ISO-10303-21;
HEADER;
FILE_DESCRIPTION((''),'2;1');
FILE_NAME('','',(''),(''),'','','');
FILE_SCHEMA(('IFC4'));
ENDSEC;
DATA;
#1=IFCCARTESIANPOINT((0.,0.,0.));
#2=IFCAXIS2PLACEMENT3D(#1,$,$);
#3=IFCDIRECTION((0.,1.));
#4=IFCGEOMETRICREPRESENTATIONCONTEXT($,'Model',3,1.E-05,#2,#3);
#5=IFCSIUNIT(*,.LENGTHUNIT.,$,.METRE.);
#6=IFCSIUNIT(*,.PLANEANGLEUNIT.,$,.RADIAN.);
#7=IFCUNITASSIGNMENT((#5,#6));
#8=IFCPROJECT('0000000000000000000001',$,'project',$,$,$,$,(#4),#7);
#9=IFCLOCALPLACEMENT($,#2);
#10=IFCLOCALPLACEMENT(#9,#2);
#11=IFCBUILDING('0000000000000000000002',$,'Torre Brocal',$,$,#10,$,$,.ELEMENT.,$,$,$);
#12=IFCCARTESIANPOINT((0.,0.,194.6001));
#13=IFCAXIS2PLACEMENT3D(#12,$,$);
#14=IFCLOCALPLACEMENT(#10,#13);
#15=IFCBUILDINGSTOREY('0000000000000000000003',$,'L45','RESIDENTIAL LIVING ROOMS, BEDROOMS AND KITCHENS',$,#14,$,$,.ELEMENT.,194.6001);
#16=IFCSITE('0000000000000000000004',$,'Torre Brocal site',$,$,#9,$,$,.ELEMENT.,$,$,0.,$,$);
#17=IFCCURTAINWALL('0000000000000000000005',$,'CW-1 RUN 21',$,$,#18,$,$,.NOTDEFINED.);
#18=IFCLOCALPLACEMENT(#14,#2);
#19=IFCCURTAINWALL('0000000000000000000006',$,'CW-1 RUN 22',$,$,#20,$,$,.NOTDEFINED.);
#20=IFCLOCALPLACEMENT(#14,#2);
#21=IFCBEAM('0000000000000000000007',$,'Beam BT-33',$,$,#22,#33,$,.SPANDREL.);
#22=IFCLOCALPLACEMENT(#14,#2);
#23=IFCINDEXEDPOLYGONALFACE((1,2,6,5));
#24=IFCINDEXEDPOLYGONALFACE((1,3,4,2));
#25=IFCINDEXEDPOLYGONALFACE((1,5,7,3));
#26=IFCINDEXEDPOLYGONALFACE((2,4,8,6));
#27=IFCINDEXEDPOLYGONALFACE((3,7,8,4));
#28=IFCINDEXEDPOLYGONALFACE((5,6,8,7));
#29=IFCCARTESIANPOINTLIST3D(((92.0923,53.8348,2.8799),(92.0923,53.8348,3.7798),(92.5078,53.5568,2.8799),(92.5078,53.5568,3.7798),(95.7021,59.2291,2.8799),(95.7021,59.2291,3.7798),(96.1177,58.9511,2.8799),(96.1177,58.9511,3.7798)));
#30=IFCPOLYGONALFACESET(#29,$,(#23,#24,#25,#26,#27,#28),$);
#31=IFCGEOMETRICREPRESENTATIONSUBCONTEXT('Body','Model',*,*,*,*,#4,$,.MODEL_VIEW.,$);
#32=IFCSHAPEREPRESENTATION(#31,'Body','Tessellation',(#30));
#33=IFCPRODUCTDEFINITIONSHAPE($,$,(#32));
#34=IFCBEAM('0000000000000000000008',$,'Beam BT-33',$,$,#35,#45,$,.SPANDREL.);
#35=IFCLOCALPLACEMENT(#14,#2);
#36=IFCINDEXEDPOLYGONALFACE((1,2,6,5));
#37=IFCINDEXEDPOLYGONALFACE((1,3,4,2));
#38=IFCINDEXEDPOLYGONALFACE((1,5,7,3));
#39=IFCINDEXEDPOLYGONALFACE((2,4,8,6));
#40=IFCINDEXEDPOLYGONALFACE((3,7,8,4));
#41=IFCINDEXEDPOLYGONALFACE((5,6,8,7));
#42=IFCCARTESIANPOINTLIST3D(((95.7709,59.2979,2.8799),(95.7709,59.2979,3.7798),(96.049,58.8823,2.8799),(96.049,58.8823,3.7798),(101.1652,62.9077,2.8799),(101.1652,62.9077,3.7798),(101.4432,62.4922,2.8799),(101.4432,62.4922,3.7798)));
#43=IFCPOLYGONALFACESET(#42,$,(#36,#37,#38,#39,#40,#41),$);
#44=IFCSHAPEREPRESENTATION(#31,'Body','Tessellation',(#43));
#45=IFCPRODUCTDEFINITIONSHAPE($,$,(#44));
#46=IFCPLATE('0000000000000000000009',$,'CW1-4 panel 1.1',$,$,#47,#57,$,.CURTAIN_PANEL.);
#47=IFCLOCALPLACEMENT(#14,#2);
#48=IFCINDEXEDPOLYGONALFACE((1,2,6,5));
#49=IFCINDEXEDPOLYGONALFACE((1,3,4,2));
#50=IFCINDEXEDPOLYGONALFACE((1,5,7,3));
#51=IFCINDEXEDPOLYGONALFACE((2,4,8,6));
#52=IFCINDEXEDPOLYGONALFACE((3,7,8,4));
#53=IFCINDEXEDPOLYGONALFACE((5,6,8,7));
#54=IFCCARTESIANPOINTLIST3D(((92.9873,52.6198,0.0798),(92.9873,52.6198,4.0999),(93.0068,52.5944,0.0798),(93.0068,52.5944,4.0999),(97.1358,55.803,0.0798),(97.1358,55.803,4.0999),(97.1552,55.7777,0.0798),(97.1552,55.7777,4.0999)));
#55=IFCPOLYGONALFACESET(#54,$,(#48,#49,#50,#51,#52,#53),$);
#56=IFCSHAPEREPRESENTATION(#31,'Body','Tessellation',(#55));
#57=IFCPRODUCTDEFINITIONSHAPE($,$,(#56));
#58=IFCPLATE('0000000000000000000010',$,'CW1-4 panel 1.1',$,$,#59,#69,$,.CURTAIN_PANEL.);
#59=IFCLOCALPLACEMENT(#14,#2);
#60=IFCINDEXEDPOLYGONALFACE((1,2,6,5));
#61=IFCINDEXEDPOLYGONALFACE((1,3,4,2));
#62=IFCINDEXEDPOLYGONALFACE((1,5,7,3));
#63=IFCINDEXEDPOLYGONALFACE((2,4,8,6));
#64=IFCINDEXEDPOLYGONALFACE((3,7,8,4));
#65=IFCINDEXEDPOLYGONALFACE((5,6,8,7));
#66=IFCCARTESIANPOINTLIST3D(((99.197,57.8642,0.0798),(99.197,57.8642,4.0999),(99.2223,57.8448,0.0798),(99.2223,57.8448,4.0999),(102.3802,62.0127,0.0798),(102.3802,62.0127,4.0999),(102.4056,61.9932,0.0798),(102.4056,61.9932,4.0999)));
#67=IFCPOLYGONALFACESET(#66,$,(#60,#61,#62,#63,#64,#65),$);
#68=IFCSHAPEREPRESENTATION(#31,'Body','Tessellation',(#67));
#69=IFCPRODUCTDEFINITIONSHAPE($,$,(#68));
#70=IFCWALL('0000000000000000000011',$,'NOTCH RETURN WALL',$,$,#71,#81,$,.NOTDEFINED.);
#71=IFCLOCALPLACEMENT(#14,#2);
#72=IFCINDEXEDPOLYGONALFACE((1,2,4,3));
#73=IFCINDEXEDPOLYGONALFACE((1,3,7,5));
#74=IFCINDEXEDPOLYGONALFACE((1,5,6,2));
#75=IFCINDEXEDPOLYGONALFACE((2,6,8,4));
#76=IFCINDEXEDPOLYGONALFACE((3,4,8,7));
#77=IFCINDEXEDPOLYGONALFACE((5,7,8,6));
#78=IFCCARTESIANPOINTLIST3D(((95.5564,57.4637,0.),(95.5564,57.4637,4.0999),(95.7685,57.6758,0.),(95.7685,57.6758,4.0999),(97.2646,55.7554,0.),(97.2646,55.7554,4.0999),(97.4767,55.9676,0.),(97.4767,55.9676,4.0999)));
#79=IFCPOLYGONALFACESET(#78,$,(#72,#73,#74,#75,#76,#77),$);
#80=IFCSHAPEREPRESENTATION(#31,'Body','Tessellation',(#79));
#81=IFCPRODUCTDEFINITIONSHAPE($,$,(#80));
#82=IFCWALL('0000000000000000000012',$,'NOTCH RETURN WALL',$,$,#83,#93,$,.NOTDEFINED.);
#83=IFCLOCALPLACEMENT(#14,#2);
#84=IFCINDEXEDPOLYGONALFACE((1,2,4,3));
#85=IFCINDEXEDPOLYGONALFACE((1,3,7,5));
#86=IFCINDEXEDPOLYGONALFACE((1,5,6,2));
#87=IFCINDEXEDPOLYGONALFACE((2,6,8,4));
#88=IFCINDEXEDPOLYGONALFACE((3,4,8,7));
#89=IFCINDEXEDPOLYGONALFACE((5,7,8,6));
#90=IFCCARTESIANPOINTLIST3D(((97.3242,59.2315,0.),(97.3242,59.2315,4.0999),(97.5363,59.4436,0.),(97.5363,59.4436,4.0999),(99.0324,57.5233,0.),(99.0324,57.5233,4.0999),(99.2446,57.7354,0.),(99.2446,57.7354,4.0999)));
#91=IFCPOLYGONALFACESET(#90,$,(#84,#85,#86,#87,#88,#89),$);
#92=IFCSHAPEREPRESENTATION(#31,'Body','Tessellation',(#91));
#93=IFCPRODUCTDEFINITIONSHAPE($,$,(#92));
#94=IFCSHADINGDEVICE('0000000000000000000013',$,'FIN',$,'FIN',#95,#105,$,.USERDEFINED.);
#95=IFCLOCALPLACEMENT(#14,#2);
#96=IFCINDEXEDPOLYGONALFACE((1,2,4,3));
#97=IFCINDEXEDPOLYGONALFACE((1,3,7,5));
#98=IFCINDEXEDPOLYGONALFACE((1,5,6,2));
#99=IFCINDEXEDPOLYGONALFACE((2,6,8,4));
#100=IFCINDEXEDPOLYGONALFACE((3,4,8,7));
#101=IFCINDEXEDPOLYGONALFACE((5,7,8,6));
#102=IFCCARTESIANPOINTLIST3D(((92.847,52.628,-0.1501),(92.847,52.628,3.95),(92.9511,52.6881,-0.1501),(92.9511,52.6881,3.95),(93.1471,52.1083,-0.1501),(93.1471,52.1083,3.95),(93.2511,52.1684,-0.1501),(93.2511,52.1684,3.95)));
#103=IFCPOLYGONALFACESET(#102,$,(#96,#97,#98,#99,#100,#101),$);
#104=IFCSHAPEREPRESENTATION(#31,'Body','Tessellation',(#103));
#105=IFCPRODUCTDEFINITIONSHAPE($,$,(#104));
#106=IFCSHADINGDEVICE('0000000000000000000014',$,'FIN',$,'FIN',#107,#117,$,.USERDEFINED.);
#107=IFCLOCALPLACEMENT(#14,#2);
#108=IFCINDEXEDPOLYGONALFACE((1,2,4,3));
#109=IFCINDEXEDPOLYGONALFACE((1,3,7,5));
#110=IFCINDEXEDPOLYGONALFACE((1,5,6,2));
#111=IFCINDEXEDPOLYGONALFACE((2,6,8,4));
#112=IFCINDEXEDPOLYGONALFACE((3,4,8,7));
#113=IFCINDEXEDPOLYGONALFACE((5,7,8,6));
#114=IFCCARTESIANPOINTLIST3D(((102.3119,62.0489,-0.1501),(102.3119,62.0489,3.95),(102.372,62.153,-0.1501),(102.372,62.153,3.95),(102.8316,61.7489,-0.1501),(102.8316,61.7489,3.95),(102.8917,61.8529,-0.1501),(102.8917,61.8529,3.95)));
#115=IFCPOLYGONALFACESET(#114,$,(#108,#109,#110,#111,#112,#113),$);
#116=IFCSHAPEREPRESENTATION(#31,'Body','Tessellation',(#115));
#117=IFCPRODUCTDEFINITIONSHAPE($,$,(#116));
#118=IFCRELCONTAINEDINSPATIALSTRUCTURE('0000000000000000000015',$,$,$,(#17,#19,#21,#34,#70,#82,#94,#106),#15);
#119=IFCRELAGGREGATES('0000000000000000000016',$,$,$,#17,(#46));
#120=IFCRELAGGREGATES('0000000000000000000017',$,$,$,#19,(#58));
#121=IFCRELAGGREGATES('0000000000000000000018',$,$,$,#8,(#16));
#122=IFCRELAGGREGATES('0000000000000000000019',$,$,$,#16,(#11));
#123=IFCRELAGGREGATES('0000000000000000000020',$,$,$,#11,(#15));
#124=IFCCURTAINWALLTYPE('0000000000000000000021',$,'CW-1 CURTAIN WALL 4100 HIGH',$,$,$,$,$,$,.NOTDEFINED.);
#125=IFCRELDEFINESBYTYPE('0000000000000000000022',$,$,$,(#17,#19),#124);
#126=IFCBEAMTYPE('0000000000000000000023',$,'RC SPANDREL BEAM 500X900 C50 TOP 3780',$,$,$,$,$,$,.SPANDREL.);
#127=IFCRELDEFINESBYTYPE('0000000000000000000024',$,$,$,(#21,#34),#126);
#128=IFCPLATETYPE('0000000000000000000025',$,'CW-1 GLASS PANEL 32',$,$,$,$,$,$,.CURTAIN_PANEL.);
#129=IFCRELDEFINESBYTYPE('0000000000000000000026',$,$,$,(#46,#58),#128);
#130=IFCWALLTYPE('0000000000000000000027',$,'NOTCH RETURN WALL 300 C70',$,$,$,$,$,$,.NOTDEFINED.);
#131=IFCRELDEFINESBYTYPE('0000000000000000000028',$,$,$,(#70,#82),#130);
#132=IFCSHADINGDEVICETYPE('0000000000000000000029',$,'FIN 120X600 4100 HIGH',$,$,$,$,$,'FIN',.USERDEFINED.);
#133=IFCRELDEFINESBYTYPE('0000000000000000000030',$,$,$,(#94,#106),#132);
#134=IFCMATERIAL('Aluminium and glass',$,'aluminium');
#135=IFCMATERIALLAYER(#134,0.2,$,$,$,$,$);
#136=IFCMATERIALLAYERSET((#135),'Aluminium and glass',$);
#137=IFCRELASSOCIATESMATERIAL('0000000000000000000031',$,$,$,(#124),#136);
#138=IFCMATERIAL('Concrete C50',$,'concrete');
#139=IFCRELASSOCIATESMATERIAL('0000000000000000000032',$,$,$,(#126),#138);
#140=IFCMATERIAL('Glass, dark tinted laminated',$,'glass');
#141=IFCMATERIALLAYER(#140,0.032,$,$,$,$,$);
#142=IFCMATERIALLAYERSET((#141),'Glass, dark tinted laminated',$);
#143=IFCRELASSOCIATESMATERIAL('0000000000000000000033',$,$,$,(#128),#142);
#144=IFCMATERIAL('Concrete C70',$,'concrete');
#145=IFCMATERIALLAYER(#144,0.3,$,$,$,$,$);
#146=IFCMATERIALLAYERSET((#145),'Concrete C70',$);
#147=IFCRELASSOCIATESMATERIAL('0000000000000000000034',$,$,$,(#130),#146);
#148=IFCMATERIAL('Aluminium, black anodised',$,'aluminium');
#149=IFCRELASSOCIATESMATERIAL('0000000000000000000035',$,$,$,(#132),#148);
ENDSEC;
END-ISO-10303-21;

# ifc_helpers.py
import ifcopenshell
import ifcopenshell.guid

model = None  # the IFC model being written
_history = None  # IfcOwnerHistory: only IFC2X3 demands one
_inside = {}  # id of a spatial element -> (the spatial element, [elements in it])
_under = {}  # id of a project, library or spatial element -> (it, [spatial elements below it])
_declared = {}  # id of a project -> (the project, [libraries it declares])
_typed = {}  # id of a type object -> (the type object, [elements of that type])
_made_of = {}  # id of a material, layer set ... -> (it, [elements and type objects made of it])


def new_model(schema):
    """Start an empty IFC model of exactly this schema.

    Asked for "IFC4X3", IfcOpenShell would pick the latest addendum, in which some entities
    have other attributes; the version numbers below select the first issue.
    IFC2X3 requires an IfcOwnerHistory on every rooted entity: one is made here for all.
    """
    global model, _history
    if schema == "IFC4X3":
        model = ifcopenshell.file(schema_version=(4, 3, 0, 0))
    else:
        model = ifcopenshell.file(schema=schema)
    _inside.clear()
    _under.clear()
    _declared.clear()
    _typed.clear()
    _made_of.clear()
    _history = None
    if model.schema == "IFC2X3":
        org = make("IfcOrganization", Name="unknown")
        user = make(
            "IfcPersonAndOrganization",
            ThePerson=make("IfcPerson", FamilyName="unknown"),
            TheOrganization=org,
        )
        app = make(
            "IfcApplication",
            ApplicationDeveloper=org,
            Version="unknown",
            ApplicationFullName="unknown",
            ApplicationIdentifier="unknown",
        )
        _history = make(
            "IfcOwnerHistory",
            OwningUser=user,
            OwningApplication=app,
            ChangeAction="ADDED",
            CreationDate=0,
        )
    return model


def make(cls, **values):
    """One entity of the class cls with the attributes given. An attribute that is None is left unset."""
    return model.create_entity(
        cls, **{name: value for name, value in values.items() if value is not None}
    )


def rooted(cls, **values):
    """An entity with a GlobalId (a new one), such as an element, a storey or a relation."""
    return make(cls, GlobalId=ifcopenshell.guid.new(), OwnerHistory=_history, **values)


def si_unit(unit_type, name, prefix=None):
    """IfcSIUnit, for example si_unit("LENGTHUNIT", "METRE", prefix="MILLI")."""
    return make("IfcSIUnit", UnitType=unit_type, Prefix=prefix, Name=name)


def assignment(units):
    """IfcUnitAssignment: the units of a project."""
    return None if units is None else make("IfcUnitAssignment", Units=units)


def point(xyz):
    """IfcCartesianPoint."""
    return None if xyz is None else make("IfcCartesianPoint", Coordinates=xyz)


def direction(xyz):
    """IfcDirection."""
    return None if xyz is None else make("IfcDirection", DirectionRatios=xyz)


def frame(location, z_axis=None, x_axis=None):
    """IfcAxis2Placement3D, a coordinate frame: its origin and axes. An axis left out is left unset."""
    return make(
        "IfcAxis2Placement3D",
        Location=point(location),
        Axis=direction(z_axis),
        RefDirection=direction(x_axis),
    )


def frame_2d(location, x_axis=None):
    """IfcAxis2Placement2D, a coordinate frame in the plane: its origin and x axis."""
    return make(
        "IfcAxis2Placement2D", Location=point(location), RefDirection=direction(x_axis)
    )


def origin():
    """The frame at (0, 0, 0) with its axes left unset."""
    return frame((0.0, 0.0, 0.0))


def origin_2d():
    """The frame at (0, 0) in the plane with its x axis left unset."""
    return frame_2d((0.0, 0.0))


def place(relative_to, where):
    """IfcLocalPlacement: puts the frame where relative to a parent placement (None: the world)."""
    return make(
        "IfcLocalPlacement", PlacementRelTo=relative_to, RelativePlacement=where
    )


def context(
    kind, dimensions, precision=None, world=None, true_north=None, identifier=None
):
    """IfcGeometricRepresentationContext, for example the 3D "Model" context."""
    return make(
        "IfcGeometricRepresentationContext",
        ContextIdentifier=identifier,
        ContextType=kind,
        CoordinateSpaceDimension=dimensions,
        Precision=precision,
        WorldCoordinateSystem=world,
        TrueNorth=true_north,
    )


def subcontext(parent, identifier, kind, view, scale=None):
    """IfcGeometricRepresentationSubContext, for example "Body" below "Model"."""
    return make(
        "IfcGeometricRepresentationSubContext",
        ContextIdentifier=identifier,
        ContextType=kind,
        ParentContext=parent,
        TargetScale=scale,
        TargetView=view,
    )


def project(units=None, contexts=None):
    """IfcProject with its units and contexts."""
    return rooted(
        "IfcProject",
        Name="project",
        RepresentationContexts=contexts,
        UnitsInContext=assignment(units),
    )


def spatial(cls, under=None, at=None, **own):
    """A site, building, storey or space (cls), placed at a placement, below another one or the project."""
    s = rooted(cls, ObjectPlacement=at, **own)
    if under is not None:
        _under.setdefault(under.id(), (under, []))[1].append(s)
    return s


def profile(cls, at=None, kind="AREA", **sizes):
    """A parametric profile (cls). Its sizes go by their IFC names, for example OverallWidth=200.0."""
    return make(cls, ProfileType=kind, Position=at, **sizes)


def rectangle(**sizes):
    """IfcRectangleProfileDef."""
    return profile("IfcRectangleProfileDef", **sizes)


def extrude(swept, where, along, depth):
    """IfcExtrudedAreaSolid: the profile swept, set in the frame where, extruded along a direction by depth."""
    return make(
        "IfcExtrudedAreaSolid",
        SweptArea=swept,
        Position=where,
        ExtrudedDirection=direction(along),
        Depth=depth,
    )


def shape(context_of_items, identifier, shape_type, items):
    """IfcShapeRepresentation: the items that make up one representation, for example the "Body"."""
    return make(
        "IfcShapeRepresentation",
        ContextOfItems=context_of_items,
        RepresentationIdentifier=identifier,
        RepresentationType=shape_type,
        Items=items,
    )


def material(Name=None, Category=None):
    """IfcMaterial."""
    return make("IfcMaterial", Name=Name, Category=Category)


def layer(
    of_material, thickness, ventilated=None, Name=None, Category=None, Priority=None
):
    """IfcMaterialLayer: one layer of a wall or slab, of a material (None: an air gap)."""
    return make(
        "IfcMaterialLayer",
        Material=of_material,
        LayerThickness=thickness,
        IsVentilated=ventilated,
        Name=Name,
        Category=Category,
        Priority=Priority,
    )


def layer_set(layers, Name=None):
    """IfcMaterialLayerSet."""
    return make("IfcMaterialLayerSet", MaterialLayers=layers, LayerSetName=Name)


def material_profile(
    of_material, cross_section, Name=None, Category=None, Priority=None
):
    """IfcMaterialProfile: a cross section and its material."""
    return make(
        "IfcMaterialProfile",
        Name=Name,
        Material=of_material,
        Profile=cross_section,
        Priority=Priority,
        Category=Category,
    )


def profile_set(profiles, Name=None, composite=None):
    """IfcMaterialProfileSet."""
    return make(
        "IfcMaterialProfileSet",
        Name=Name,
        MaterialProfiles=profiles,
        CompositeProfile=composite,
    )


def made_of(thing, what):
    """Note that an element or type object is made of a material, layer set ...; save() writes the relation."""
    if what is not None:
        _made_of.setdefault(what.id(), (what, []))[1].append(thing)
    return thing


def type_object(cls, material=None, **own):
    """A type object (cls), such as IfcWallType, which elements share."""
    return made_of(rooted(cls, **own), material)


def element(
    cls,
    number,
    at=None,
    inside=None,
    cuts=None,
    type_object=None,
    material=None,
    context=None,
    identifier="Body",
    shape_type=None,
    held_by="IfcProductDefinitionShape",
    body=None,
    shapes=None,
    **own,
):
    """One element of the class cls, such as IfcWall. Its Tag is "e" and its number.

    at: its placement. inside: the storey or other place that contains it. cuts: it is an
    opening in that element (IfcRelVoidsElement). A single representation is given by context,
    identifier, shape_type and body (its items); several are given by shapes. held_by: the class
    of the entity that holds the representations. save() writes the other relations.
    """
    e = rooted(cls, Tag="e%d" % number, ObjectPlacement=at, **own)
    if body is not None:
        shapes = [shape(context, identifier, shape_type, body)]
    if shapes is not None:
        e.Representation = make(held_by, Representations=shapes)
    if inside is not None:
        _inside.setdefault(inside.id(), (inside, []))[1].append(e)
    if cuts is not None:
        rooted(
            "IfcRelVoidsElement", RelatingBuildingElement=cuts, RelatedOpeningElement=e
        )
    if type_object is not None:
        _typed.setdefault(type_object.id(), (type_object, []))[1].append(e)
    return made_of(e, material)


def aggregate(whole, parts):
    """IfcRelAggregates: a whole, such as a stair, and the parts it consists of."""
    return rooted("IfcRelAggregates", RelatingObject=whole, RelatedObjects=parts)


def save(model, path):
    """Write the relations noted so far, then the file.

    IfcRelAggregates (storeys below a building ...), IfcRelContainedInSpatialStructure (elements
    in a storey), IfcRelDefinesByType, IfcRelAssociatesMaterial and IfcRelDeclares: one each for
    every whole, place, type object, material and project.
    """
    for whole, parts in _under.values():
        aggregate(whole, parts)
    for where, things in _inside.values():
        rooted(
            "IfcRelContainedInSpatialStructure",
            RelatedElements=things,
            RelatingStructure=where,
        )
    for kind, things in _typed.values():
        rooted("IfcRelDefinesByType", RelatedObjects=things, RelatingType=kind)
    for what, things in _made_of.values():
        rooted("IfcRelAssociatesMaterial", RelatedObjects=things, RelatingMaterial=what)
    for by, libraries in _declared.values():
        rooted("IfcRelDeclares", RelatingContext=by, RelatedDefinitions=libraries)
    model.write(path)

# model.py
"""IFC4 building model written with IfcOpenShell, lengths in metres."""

from ifc_helpers import new_model, si_unit, direction, frame, frame_2d, origin, origin_2d, place, context, subcontext, project, spatial, rectangle, extrude, material, layer, layer_set, material_profile, profile_set, type_object, element, aggregate, save


model = new_model("IFC4")

# Units and contexts
model_context = context("Model", 3, precision=1e-05, world=origin(), true_north=direction((0.0, 1.0)))
body_context = subcontext(model_context, "Body", "Model", "MODEL_VIEW")
ifc_project = project(units=[si_unit("LENGTHUNIT", "METRE"), si_unit("PLANEANGLEUNIT", "RADIAN")], contexts=[model_context])

# Site, building, storey
site_placement = place(None, origin())
site = spatial("IfcSite", under=ifc_project, at=site_placement, Name="Torre Brocal site", CompositionType="ELEMENT", RefElevation=0.0)
building_placement = place(site_placement, origin())
building = spatial("IfcBuilding", under=site, at=building_placement, Name="Torre Brocal", CompositionType="ELEMENT")
storey_placement = place(building_placement, frame((0.0, 0.0, 194.6001)))
storey = spatial("IfcBuildingStorey", under=building, at=storey_placement, Name="L45", Description="RESIDENTIAL LIVING ROOMS, BEDROOMS AND KITCHENS", CompositionType="ELEMENT", Elevation=194.6001)

# Shared definitions
ifc_material_1 = material(Name="Aluminium and glass", Category="aluminium")
ifc_layer_1 = layer(ifc_material_1, 0.2)
ifc_layer_set_1 = layer_set([ifc_layer_1], Name="Aluminium and glass")
curtain_wall_type = type_object("IfcCurtainWallType", Name="CW-1 CURTAIN WALL 4100 HIGH", PredefinedType="NOTDEFINED", material=ifc_layer_set_1)

# Curtain walls
curtain_wall_1_placement = place(storey_placement, origin())
curtain_wall_1 = element("IfcCurtainWall", 1, at=curtain_wall_1_placement, inside=storey, type_object=curtain_wall_type, Name="CW-1 RUN 21", PredefinedType="NOTDEFINED")
curtain_wall_2_placement = place(storey_placement, origin())
curtain_wall_2 = element("IfcCurtainWall", 2, at=curtain_wall_2_placement, inside=storey, type_object=curtain_wall_type, Name="CW-1 RUN 22", PredefinedType="NOTDEFINED")

# Beams
ifc_material_2 = material(Name="Concrete C50", Category="concrete")
ifc_material_profile_1 = material_profile(ifc_material_2, rectangle(XDim=0.5, YDim=0.8999, at=origin_2d()), Name="RC 500X900")
ifc_profile_set_1 = profile_set([ifc_material_profile_1], Name="Concrete C50")
beam_type_1 = type_object("IfcBeamType", Name="RC SPANDREL BEAM 500X900 C50 TOP 3780", PredefinedType="SPANDREL", material=ifc_profile_set_1)
for number, where, z_axis, x_axis, name in (
    (3, (92.3, 53.6958, 3.3298), (0.556158, 0.831077, 0.0), (-0.831077, 0.556158, 0.0), "Beam BT-33"),
    (4, (95.9099, 59.0901, 3.3298), (0.831077, 0.556158, 0.0), (-0.556158, 0.831077, 0.0), "Beam BT-33"),
):
    element("IfcBeam", number, at=place(storey_placement, frame(where, z_axis=z_axis, x_axis=x_axis)), inside=storey, type_object=beam_type_1, Name=name, PredefinedType="SPANDREL", context=body_context, shape_type="SweptSolid", body=[
        extrude(rectangle(XDim=0.5, YDim=0.8999, at=origin_2d()), origin(), (0.0, 0.0, 1.0), 6.4907),
    ])

# Plates
ifc_material_3 = material(Name="Glass, dark tinted laminated", Category="glass")
ifc_layer_2 = layer(ifc_material_3, 0.032)
ifc_layer_set_2 = layer_set([ifc_layer_2], Name="Glass, dark tinted laminated")
plate_type = type_object("IfcPlateType", Name="CW-1 GLASS PANEL 32", PredefinedType="CURTAIN_PANEL", material=ifc_layer_set_2)
plate_1_placement = place(storey_placement, frame((95.0713, 54.1987, 0.0798), z_axis=(0.0, 0.0, 1.0), x_axis=(0.793353, 0.608761, 0.0)))
plate_1 = element("IfcPlate", 5, at=plate_1_placement, type_object=plate_type, Name="CW1-4 panel 1.1", PredefinedType="CURTAIN_PANEL", context=body_context, shape_type="SweptSolid", body=[
    extrude(rectangle(XDim=5.229, YDim=0.032, at=origin_2d()), origin(), (0.0, 0.0, 1.0), 4.02),
])
aggregate(curtain_wall_1, [plate_1])
plate_2_placement = place(storey_placement, frame((100.8013, 59.9287, 0.0798), z_axis=(0.0, 0.0, 1.0), x_axis=(0.608761, 0.793353, 0.0)))
plate_2 = element("IfcPlate", 6, at=plate_2_placement, type_object=plate_type, Name="CW1-4 panel 1.1", PredefinedType="CURTAIN_PANEL", context=body_context, shape_type="SweptSolid", body=[
    extrude(rectangle(XDim=5.229, YDim=0.032, at=origin_2d()), origin(), (0.0, 0.0, 1.0), 4.02),
])
aggregate(curtain_wall_2, [plate_2])

# Walls
ifc_material_4 = material(Name="Concrete C70", Category="concrete")
ifc_layer_3 = layer(ifc_material_4, 0.3)
ifc_layer_set_3 = layer_set([ifc_layer_3], Name="Concrete C70")
wall_type = type_object("IfcWallType", Name="NOTCH RETURN WALL 300 C70", PredefinedType="NOTDEFINED", material=ifc_layer_set_3)
for number, where, z_axis, x_axis, name in (
    (7, (95.6624, 57.5698, 0.0), (0.0, 0.0, 1.0), (0.707107, -0.707107, 0.0), "NOTCH RETURN WALL"),
    (8, (97.4302, 59.3376, 0.0), (0.0, 0.0, 1.0), (0.707107, -0.707107, 0.0), "NOTCH RETURN WALL"),
):
    element("IfcWall", number, at=place(storey_placement, frame(where, z_axis=z_axis, x_axis=x_axis)), inside=storey, type_object=wall_type, Name=name, PredefinedType="NOTDEFINED", context=body_context, shape_type="SweptSolid", body=[
        extrude(rectangle(XDim=2.4158, YDim=0.3, at=frame_2d((1.208, 0.0))), origin(), (0.0, 0.0, 1.0), 4.0999),
    ])

# Shading devices
ifc_material_5 = material(Name="Aluminium, black anodised", Category="aluminium")
ifc_material_profile_2 = material_profile(ifc_material_5, rectangle(XDim=0.1201, YDim=0.6001, at=origin_2d()), Name="FIN 120X600 4100 HIGH")
ifc_profile_set_2 = profile_set([ifc_material_profile_2], Name="Aluminium, black anodised")
shading_device_type = type_object("IfcShadingDeviceType", Name="FIN 120X600 4100 HIGH", ElementType="FIN", PredefinedType="USERDEFINED", material=ifc_profile_set_2)
for number, where, z_axis, x_axis, name in (
    (9, (93.0491, 52.3982, -0.1501), (0.0, 0.0, 1.0), (0.866025, 0.5, 0.0), "FIN"),
    (10, (102.6018, 61.9509, -0.1501), (0.0, 0.0, 1.0), (0.5, 0.866025, 0.0), "FIN"),
):
    element("IfcShadingDevice", number, at=place(storey_placement, frame(where, z_axis=z_axis, x_axis=x_axis)), inside=storey, type_object=shading_device_type, Name=name, ObjectType="FIN", PredefinedType="USERDEFINED", context=body_context, shape_type="SweptSolid", body=[
        extrude(rectangle(XDim=0.1201, YDim=0.6001, at=origin_2d()), origin(), (0.0, 0.0, 1.0), 4.1001),
    ])

save(model, "model.ifc")
